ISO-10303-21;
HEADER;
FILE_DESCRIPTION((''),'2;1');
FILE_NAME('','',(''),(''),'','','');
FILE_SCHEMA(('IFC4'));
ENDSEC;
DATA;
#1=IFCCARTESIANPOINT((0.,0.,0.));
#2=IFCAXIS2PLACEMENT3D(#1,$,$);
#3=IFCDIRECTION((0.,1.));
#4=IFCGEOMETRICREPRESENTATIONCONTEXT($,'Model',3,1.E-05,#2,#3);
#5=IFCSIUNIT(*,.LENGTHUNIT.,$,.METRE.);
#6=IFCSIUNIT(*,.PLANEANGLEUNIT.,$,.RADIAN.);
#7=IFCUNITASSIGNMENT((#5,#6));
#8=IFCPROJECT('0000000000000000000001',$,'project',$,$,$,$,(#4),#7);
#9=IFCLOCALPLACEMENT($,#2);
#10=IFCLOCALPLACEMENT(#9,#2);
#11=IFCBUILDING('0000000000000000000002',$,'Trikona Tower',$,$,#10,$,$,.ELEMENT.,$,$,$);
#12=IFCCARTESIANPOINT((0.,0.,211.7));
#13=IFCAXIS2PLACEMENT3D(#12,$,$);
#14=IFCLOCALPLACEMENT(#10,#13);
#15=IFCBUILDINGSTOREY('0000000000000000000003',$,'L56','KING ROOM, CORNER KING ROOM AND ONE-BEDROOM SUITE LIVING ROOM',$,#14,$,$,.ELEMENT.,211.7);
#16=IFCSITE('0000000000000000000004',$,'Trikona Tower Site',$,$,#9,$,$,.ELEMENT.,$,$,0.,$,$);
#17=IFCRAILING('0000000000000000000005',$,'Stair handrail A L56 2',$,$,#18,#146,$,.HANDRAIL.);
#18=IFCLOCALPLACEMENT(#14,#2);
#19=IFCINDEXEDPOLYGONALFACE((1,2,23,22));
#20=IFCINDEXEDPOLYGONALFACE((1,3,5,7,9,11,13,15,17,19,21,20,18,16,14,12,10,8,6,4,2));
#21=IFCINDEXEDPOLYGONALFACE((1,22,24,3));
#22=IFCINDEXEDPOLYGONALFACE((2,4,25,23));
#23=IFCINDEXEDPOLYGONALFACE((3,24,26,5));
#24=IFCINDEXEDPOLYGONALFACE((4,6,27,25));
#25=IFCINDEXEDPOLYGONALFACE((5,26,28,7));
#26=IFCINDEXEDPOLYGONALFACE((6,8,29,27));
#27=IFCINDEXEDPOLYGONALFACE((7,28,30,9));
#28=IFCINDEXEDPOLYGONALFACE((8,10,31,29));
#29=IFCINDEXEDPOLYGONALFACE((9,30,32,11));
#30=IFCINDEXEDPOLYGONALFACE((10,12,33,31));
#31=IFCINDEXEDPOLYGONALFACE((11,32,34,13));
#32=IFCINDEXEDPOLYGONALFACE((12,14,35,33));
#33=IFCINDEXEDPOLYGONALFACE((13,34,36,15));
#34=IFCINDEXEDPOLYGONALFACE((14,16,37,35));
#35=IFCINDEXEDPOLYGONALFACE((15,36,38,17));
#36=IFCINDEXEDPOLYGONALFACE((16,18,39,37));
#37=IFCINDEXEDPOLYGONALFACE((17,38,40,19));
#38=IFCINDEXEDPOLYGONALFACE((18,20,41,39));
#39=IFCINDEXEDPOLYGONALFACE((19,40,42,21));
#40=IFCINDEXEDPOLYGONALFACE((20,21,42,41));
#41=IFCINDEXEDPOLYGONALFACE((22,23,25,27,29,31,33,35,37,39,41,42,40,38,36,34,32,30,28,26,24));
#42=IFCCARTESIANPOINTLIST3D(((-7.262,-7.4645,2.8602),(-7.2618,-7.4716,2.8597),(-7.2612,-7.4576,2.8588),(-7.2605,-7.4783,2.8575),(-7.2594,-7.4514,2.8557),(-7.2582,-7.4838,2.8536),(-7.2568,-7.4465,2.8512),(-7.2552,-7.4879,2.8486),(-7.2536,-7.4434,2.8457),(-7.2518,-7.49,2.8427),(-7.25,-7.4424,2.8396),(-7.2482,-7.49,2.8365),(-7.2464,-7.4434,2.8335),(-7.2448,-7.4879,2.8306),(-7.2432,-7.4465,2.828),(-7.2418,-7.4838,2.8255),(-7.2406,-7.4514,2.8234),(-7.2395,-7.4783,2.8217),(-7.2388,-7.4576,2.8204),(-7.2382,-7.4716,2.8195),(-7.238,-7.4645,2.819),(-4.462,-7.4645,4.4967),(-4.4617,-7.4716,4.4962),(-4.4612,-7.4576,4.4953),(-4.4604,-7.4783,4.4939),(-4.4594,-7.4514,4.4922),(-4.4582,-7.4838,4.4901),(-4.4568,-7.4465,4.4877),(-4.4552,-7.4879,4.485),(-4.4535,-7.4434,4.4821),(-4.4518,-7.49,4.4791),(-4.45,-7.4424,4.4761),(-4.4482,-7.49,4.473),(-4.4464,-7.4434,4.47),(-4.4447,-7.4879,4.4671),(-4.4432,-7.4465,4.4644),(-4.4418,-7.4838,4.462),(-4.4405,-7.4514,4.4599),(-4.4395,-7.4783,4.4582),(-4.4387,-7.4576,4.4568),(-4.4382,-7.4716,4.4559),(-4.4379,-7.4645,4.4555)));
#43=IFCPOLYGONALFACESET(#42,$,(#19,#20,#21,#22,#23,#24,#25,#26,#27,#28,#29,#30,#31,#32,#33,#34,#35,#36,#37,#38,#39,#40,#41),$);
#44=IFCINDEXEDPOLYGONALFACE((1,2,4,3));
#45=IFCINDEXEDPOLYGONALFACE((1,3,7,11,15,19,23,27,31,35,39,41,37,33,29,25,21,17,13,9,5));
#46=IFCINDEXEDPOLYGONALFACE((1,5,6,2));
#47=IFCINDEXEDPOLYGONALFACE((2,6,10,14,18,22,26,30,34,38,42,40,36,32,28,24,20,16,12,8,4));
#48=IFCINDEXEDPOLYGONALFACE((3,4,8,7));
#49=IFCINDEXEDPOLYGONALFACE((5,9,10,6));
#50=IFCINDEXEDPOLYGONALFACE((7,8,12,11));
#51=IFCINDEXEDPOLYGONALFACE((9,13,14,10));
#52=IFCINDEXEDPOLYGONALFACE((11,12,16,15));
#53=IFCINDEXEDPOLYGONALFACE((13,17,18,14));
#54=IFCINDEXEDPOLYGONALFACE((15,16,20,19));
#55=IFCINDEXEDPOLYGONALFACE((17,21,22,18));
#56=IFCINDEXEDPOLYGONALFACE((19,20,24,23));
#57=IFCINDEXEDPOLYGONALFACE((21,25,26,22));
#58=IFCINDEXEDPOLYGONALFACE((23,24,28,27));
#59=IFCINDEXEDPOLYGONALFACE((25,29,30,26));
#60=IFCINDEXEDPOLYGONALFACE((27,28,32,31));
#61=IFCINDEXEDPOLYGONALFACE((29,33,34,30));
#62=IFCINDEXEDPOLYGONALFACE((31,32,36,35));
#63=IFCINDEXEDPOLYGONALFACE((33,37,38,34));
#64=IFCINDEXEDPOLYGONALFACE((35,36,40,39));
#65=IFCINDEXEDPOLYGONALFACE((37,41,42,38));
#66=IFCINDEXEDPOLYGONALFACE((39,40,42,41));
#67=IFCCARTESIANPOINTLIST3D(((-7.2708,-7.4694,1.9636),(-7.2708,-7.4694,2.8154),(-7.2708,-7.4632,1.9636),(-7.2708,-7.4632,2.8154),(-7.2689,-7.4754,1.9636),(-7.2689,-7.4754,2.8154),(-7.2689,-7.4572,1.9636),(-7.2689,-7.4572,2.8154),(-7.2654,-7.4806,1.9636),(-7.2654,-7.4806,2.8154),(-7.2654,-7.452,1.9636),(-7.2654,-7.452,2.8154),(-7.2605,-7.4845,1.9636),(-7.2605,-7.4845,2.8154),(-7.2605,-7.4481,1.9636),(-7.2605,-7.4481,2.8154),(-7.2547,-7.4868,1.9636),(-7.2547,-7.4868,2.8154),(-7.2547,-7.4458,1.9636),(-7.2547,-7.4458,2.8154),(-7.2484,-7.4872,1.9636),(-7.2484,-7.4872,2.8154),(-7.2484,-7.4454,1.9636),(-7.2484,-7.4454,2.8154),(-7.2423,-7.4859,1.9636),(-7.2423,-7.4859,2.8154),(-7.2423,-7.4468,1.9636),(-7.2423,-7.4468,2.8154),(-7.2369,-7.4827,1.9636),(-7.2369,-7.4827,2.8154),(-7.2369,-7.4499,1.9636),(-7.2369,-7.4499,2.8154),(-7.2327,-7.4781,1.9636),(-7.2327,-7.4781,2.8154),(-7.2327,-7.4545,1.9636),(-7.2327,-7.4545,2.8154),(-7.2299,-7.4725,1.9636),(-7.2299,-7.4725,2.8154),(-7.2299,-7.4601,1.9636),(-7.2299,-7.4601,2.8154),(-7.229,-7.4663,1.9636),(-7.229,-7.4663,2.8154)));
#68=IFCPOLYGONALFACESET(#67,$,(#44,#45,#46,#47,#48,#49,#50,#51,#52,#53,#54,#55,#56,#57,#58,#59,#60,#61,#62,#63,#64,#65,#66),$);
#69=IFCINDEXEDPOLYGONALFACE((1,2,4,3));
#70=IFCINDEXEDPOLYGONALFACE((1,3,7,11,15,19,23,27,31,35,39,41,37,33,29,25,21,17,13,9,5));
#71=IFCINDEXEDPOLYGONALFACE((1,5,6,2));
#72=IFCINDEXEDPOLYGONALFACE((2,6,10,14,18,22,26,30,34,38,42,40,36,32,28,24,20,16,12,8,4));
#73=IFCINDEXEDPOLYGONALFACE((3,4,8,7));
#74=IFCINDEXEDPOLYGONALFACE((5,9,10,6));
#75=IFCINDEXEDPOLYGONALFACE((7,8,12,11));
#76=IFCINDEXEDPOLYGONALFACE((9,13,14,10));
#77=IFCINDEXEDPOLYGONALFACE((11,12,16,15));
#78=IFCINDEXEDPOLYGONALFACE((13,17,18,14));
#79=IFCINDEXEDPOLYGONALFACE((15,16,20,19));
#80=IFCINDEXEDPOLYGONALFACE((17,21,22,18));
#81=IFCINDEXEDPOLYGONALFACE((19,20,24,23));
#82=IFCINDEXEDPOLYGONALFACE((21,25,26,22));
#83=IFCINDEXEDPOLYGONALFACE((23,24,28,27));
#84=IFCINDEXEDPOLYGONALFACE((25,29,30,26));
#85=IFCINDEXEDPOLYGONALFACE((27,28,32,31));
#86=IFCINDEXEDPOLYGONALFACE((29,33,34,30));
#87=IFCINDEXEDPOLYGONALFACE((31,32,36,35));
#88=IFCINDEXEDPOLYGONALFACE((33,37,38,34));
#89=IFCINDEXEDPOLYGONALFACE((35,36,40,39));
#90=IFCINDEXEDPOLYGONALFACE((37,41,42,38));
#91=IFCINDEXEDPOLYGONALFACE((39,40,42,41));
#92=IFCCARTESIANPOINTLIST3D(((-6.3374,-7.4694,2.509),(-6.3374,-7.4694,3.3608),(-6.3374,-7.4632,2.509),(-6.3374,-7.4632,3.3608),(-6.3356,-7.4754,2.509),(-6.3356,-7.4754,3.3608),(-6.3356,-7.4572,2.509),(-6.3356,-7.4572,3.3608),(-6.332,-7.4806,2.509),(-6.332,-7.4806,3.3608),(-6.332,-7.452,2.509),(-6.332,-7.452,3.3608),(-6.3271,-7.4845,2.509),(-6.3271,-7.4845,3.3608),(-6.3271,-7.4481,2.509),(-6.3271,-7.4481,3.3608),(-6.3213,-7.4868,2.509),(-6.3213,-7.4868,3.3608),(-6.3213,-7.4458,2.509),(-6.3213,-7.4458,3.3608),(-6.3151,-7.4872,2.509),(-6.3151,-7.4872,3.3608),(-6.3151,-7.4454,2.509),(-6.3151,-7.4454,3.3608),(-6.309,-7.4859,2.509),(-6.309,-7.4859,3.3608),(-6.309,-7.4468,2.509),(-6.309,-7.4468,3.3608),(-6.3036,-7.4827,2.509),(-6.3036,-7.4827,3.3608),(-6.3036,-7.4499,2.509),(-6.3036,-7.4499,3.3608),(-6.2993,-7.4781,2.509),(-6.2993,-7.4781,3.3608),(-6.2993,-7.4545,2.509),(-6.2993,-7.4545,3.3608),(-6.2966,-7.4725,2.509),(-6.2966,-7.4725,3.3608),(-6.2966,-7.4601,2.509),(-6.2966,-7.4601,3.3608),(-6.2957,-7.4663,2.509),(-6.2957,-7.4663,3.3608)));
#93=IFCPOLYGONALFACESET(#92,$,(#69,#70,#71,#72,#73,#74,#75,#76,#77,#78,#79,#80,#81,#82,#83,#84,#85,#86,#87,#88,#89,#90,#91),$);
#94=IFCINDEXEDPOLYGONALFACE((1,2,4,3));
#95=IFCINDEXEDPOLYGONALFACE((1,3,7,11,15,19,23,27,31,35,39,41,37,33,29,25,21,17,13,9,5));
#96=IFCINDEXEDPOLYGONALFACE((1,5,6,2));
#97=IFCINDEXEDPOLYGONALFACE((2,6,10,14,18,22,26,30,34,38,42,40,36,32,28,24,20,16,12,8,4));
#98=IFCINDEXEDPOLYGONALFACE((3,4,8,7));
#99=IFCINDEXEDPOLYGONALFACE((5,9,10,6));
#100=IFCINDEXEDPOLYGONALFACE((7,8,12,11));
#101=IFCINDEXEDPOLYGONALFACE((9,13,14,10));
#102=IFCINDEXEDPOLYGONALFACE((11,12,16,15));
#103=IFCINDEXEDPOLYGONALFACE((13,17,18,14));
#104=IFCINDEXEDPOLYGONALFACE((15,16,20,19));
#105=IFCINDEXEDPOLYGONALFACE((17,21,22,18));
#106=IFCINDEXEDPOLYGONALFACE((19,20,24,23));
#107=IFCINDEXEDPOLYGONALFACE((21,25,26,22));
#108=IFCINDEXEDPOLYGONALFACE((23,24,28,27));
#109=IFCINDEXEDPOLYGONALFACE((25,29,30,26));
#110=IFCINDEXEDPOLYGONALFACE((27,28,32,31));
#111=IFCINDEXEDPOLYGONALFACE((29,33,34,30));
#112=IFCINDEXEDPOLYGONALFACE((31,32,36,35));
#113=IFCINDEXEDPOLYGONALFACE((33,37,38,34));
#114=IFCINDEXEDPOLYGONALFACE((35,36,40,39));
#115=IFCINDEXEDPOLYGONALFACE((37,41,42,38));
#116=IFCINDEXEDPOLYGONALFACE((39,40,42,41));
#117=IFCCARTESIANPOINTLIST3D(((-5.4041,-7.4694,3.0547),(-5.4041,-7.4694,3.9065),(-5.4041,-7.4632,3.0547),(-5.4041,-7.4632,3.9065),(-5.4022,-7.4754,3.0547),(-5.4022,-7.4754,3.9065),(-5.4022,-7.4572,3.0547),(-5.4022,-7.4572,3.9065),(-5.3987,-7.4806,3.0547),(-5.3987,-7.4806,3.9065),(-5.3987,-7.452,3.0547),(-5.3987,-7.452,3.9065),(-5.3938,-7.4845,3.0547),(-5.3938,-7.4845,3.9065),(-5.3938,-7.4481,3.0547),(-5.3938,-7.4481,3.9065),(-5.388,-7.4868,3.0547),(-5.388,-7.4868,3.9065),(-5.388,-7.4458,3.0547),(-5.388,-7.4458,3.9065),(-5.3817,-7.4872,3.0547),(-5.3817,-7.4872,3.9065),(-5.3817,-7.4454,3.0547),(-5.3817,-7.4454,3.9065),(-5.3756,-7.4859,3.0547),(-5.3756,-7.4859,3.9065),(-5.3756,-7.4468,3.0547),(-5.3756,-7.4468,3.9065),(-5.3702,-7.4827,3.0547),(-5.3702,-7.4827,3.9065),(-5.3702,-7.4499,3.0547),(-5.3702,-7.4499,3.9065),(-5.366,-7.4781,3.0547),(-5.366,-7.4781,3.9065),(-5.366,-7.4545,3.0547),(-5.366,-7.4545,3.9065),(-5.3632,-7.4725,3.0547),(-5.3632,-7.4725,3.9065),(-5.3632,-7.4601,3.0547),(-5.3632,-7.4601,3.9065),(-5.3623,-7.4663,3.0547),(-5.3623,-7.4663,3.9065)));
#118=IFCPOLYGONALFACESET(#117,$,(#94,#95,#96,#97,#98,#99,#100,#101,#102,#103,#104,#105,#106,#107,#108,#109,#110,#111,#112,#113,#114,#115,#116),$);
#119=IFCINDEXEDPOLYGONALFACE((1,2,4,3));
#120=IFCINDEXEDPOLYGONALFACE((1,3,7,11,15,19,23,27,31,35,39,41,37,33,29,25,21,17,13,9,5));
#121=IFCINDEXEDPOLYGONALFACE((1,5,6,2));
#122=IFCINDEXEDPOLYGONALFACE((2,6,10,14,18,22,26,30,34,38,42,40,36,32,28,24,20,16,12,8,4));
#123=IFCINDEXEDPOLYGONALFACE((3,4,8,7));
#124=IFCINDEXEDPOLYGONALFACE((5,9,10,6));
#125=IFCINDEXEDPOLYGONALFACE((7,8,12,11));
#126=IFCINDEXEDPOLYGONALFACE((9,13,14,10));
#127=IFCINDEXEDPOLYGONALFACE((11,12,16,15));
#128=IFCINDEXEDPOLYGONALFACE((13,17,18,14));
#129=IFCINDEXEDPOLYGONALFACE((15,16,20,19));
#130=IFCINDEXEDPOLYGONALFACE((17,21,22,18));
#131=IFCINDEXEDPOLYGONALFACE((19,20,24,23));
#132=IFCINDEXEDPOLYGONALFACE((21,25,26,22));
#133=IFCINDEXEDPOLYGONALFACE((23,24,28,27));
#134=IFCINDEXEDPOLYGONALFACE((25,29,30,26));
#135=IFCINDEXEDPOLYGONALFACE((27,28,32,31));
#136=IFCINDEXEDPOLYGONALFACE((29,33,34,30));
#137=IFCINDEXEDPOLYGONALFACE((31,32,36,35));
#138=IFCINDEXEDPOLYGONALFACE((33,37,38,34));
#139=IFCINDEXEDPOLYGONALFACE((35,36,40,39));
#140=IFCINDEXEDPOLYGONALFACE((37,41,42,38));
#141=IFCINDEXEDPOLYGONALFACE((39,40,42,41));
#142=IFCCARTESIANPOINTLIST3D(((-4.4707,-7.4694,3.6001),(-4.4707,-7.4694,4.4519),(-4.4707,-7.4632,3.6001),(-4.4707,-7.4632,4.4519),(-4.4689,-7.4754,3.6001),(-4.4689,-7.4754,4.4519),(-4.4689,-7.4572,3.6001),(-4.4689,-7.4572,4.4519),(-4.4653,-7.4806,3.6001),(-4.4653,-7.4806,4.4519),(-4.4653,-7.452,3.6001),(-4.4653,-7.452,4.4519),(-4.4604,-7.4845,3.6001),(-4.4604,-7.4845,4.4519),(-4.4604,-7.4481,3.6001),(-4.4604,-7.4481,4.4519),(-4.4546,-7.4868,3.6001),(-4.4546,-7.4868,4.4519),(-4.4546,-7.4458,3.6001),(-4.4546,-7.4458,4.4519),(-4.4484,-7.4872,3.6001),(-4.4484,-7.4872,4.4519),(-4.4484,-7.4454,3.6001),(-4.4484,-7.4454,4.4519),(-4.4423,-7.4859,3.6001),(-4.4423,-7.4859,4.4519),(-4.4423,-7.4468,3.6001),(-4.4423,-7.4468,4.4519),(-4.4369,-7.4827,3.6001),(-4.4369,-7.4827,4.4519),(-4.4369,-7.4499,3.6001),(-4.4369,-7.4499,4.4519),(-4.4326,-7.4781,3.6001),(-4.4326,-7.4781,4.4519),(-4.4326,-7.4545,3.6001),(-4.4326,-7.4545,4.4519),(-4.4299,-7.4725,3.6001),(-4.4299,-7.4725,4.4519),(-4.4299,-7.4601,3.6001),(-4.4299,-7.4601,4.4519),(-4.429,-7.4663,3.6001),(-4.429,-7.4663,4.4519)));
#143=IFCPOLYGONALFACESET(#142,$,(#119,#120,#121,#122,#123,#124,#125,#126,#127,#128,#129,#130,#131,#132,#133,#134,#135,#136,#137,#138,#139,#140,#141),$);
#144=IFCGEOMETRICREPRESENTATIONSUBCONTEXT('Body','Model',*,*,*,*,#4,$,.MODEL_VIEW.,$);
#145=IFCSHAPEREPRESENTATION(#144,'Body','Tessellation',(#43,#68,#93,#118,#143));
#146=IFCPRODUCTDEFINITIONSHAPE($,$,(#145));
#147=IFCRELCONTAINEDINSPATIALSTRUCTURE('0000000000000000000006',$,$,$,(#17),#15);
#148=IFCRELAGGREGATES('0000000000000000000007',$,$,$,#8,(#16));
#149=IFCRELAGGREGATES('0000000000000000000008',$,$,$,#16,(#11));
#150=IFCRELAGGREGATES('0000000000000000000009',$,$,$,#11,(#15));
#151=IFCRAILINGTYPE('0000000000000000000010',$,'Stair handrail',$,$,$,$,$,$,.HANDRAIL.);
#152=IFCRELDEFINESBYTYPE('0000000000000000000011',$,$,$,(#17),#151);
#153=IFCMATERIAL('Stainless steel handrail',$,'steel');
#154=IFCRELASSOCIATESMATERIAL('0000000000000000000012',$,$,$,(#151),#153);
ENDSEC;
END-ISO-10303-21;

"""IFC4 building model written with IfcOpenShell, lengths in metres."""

from ifc_helpers import new_model, si_unit, direction, frame, origin, origin_2d, place, context, subcontext, project, spatial, circle, extrude, material, type_object, element, save


model = new_model("IFC4")

# Units and contexts
model_context = context("Model", 3, precision=1e-05, world=origin(), true_north=direction((0.0, 1.0)))
body_context = subcontext(model_context, "Body", "Model", "MODEL_VIEW")
ifc_project = project(units=[si_unit("LENGTHUNIT", "METRE"), si_unit("PLANEANGLEUNIT", "RADIAN")], contexts=[model_context])

# Site, building, storey
site_placement = place(None, origin())
site = spatial("IfcSite", under=ifc_project, at=site_placement, Name="Trikona Tower Site", CompositionType="ELEMENT", RefElevation=0.0)
building_placement = place(site_placement, origin())
building = spatial("IfcBuilding", under=site, at=building_placement, Name="Trikona Tower", CompositionType="ELEMENT")
storey_placement = place(building_placement, frame((0.0, 0.0, 211.7)))
storey = spatial("IfcBuildingStorey", under=building, at=storey_placement, Name="L56", Description="KING ROOM, CORNER KING ROOM AND ONE-BEDROOM SUITE LIVING ROOM", CompositionType="ELEMENT", Elevation=211.7)

# Railing
ifc_material_1 = material(Name="Stainless steel handrail", Category="steel")
railing_type = type_object("IfcRailingType", Name="Stair handrail", PredefinedType="HANDRAIL", material=ifc_material_1)
railing_1_placement = place(storey_placement, frame((-7.25, -7.4663, 1.9636)))
element("IfcRailing", 1, at=railing_1_placement, inside=storey, type_object=railing_type, Name="Stair handrail A L56 2", PredefinedType="HANDRAIL", context=body_context, shape_type="SweptSolid", body=[
    extrude(circle(Radius=0.0239, at=origin_2d()), frame((0.0, 0.0, 0.876), z_axis=(0.863361, 0.0, 0.504587), x_axis=(0.0, 1.0, 0.0)), (0.0, 0.0, 1.0), 3.2432),
    extrude(circle(Radius=0.021, at=origin_2d()), origin(), (0.0, 0.0, 1.0), 0.8518),
    extrude(circle(Radius=0.021, at=origin_2d()), frame((0.9333, 0.0, 0.5454)), (0.0, 0.0, 1.0), 0.8518),
    extrude(circle(Radius=0.021, at=origin_2d()), frame((1.8667, 0.0, 1.0911)), (0.0, 0.0, 1.0), 0.8518),
    extrude(circle(Radius=0.021, at=origin_2d()), frame((2.8, 0.0, 1.6365)), (0.0, 0.0, 1.0), 0.8518),
])

save(model, "model.ifc")
